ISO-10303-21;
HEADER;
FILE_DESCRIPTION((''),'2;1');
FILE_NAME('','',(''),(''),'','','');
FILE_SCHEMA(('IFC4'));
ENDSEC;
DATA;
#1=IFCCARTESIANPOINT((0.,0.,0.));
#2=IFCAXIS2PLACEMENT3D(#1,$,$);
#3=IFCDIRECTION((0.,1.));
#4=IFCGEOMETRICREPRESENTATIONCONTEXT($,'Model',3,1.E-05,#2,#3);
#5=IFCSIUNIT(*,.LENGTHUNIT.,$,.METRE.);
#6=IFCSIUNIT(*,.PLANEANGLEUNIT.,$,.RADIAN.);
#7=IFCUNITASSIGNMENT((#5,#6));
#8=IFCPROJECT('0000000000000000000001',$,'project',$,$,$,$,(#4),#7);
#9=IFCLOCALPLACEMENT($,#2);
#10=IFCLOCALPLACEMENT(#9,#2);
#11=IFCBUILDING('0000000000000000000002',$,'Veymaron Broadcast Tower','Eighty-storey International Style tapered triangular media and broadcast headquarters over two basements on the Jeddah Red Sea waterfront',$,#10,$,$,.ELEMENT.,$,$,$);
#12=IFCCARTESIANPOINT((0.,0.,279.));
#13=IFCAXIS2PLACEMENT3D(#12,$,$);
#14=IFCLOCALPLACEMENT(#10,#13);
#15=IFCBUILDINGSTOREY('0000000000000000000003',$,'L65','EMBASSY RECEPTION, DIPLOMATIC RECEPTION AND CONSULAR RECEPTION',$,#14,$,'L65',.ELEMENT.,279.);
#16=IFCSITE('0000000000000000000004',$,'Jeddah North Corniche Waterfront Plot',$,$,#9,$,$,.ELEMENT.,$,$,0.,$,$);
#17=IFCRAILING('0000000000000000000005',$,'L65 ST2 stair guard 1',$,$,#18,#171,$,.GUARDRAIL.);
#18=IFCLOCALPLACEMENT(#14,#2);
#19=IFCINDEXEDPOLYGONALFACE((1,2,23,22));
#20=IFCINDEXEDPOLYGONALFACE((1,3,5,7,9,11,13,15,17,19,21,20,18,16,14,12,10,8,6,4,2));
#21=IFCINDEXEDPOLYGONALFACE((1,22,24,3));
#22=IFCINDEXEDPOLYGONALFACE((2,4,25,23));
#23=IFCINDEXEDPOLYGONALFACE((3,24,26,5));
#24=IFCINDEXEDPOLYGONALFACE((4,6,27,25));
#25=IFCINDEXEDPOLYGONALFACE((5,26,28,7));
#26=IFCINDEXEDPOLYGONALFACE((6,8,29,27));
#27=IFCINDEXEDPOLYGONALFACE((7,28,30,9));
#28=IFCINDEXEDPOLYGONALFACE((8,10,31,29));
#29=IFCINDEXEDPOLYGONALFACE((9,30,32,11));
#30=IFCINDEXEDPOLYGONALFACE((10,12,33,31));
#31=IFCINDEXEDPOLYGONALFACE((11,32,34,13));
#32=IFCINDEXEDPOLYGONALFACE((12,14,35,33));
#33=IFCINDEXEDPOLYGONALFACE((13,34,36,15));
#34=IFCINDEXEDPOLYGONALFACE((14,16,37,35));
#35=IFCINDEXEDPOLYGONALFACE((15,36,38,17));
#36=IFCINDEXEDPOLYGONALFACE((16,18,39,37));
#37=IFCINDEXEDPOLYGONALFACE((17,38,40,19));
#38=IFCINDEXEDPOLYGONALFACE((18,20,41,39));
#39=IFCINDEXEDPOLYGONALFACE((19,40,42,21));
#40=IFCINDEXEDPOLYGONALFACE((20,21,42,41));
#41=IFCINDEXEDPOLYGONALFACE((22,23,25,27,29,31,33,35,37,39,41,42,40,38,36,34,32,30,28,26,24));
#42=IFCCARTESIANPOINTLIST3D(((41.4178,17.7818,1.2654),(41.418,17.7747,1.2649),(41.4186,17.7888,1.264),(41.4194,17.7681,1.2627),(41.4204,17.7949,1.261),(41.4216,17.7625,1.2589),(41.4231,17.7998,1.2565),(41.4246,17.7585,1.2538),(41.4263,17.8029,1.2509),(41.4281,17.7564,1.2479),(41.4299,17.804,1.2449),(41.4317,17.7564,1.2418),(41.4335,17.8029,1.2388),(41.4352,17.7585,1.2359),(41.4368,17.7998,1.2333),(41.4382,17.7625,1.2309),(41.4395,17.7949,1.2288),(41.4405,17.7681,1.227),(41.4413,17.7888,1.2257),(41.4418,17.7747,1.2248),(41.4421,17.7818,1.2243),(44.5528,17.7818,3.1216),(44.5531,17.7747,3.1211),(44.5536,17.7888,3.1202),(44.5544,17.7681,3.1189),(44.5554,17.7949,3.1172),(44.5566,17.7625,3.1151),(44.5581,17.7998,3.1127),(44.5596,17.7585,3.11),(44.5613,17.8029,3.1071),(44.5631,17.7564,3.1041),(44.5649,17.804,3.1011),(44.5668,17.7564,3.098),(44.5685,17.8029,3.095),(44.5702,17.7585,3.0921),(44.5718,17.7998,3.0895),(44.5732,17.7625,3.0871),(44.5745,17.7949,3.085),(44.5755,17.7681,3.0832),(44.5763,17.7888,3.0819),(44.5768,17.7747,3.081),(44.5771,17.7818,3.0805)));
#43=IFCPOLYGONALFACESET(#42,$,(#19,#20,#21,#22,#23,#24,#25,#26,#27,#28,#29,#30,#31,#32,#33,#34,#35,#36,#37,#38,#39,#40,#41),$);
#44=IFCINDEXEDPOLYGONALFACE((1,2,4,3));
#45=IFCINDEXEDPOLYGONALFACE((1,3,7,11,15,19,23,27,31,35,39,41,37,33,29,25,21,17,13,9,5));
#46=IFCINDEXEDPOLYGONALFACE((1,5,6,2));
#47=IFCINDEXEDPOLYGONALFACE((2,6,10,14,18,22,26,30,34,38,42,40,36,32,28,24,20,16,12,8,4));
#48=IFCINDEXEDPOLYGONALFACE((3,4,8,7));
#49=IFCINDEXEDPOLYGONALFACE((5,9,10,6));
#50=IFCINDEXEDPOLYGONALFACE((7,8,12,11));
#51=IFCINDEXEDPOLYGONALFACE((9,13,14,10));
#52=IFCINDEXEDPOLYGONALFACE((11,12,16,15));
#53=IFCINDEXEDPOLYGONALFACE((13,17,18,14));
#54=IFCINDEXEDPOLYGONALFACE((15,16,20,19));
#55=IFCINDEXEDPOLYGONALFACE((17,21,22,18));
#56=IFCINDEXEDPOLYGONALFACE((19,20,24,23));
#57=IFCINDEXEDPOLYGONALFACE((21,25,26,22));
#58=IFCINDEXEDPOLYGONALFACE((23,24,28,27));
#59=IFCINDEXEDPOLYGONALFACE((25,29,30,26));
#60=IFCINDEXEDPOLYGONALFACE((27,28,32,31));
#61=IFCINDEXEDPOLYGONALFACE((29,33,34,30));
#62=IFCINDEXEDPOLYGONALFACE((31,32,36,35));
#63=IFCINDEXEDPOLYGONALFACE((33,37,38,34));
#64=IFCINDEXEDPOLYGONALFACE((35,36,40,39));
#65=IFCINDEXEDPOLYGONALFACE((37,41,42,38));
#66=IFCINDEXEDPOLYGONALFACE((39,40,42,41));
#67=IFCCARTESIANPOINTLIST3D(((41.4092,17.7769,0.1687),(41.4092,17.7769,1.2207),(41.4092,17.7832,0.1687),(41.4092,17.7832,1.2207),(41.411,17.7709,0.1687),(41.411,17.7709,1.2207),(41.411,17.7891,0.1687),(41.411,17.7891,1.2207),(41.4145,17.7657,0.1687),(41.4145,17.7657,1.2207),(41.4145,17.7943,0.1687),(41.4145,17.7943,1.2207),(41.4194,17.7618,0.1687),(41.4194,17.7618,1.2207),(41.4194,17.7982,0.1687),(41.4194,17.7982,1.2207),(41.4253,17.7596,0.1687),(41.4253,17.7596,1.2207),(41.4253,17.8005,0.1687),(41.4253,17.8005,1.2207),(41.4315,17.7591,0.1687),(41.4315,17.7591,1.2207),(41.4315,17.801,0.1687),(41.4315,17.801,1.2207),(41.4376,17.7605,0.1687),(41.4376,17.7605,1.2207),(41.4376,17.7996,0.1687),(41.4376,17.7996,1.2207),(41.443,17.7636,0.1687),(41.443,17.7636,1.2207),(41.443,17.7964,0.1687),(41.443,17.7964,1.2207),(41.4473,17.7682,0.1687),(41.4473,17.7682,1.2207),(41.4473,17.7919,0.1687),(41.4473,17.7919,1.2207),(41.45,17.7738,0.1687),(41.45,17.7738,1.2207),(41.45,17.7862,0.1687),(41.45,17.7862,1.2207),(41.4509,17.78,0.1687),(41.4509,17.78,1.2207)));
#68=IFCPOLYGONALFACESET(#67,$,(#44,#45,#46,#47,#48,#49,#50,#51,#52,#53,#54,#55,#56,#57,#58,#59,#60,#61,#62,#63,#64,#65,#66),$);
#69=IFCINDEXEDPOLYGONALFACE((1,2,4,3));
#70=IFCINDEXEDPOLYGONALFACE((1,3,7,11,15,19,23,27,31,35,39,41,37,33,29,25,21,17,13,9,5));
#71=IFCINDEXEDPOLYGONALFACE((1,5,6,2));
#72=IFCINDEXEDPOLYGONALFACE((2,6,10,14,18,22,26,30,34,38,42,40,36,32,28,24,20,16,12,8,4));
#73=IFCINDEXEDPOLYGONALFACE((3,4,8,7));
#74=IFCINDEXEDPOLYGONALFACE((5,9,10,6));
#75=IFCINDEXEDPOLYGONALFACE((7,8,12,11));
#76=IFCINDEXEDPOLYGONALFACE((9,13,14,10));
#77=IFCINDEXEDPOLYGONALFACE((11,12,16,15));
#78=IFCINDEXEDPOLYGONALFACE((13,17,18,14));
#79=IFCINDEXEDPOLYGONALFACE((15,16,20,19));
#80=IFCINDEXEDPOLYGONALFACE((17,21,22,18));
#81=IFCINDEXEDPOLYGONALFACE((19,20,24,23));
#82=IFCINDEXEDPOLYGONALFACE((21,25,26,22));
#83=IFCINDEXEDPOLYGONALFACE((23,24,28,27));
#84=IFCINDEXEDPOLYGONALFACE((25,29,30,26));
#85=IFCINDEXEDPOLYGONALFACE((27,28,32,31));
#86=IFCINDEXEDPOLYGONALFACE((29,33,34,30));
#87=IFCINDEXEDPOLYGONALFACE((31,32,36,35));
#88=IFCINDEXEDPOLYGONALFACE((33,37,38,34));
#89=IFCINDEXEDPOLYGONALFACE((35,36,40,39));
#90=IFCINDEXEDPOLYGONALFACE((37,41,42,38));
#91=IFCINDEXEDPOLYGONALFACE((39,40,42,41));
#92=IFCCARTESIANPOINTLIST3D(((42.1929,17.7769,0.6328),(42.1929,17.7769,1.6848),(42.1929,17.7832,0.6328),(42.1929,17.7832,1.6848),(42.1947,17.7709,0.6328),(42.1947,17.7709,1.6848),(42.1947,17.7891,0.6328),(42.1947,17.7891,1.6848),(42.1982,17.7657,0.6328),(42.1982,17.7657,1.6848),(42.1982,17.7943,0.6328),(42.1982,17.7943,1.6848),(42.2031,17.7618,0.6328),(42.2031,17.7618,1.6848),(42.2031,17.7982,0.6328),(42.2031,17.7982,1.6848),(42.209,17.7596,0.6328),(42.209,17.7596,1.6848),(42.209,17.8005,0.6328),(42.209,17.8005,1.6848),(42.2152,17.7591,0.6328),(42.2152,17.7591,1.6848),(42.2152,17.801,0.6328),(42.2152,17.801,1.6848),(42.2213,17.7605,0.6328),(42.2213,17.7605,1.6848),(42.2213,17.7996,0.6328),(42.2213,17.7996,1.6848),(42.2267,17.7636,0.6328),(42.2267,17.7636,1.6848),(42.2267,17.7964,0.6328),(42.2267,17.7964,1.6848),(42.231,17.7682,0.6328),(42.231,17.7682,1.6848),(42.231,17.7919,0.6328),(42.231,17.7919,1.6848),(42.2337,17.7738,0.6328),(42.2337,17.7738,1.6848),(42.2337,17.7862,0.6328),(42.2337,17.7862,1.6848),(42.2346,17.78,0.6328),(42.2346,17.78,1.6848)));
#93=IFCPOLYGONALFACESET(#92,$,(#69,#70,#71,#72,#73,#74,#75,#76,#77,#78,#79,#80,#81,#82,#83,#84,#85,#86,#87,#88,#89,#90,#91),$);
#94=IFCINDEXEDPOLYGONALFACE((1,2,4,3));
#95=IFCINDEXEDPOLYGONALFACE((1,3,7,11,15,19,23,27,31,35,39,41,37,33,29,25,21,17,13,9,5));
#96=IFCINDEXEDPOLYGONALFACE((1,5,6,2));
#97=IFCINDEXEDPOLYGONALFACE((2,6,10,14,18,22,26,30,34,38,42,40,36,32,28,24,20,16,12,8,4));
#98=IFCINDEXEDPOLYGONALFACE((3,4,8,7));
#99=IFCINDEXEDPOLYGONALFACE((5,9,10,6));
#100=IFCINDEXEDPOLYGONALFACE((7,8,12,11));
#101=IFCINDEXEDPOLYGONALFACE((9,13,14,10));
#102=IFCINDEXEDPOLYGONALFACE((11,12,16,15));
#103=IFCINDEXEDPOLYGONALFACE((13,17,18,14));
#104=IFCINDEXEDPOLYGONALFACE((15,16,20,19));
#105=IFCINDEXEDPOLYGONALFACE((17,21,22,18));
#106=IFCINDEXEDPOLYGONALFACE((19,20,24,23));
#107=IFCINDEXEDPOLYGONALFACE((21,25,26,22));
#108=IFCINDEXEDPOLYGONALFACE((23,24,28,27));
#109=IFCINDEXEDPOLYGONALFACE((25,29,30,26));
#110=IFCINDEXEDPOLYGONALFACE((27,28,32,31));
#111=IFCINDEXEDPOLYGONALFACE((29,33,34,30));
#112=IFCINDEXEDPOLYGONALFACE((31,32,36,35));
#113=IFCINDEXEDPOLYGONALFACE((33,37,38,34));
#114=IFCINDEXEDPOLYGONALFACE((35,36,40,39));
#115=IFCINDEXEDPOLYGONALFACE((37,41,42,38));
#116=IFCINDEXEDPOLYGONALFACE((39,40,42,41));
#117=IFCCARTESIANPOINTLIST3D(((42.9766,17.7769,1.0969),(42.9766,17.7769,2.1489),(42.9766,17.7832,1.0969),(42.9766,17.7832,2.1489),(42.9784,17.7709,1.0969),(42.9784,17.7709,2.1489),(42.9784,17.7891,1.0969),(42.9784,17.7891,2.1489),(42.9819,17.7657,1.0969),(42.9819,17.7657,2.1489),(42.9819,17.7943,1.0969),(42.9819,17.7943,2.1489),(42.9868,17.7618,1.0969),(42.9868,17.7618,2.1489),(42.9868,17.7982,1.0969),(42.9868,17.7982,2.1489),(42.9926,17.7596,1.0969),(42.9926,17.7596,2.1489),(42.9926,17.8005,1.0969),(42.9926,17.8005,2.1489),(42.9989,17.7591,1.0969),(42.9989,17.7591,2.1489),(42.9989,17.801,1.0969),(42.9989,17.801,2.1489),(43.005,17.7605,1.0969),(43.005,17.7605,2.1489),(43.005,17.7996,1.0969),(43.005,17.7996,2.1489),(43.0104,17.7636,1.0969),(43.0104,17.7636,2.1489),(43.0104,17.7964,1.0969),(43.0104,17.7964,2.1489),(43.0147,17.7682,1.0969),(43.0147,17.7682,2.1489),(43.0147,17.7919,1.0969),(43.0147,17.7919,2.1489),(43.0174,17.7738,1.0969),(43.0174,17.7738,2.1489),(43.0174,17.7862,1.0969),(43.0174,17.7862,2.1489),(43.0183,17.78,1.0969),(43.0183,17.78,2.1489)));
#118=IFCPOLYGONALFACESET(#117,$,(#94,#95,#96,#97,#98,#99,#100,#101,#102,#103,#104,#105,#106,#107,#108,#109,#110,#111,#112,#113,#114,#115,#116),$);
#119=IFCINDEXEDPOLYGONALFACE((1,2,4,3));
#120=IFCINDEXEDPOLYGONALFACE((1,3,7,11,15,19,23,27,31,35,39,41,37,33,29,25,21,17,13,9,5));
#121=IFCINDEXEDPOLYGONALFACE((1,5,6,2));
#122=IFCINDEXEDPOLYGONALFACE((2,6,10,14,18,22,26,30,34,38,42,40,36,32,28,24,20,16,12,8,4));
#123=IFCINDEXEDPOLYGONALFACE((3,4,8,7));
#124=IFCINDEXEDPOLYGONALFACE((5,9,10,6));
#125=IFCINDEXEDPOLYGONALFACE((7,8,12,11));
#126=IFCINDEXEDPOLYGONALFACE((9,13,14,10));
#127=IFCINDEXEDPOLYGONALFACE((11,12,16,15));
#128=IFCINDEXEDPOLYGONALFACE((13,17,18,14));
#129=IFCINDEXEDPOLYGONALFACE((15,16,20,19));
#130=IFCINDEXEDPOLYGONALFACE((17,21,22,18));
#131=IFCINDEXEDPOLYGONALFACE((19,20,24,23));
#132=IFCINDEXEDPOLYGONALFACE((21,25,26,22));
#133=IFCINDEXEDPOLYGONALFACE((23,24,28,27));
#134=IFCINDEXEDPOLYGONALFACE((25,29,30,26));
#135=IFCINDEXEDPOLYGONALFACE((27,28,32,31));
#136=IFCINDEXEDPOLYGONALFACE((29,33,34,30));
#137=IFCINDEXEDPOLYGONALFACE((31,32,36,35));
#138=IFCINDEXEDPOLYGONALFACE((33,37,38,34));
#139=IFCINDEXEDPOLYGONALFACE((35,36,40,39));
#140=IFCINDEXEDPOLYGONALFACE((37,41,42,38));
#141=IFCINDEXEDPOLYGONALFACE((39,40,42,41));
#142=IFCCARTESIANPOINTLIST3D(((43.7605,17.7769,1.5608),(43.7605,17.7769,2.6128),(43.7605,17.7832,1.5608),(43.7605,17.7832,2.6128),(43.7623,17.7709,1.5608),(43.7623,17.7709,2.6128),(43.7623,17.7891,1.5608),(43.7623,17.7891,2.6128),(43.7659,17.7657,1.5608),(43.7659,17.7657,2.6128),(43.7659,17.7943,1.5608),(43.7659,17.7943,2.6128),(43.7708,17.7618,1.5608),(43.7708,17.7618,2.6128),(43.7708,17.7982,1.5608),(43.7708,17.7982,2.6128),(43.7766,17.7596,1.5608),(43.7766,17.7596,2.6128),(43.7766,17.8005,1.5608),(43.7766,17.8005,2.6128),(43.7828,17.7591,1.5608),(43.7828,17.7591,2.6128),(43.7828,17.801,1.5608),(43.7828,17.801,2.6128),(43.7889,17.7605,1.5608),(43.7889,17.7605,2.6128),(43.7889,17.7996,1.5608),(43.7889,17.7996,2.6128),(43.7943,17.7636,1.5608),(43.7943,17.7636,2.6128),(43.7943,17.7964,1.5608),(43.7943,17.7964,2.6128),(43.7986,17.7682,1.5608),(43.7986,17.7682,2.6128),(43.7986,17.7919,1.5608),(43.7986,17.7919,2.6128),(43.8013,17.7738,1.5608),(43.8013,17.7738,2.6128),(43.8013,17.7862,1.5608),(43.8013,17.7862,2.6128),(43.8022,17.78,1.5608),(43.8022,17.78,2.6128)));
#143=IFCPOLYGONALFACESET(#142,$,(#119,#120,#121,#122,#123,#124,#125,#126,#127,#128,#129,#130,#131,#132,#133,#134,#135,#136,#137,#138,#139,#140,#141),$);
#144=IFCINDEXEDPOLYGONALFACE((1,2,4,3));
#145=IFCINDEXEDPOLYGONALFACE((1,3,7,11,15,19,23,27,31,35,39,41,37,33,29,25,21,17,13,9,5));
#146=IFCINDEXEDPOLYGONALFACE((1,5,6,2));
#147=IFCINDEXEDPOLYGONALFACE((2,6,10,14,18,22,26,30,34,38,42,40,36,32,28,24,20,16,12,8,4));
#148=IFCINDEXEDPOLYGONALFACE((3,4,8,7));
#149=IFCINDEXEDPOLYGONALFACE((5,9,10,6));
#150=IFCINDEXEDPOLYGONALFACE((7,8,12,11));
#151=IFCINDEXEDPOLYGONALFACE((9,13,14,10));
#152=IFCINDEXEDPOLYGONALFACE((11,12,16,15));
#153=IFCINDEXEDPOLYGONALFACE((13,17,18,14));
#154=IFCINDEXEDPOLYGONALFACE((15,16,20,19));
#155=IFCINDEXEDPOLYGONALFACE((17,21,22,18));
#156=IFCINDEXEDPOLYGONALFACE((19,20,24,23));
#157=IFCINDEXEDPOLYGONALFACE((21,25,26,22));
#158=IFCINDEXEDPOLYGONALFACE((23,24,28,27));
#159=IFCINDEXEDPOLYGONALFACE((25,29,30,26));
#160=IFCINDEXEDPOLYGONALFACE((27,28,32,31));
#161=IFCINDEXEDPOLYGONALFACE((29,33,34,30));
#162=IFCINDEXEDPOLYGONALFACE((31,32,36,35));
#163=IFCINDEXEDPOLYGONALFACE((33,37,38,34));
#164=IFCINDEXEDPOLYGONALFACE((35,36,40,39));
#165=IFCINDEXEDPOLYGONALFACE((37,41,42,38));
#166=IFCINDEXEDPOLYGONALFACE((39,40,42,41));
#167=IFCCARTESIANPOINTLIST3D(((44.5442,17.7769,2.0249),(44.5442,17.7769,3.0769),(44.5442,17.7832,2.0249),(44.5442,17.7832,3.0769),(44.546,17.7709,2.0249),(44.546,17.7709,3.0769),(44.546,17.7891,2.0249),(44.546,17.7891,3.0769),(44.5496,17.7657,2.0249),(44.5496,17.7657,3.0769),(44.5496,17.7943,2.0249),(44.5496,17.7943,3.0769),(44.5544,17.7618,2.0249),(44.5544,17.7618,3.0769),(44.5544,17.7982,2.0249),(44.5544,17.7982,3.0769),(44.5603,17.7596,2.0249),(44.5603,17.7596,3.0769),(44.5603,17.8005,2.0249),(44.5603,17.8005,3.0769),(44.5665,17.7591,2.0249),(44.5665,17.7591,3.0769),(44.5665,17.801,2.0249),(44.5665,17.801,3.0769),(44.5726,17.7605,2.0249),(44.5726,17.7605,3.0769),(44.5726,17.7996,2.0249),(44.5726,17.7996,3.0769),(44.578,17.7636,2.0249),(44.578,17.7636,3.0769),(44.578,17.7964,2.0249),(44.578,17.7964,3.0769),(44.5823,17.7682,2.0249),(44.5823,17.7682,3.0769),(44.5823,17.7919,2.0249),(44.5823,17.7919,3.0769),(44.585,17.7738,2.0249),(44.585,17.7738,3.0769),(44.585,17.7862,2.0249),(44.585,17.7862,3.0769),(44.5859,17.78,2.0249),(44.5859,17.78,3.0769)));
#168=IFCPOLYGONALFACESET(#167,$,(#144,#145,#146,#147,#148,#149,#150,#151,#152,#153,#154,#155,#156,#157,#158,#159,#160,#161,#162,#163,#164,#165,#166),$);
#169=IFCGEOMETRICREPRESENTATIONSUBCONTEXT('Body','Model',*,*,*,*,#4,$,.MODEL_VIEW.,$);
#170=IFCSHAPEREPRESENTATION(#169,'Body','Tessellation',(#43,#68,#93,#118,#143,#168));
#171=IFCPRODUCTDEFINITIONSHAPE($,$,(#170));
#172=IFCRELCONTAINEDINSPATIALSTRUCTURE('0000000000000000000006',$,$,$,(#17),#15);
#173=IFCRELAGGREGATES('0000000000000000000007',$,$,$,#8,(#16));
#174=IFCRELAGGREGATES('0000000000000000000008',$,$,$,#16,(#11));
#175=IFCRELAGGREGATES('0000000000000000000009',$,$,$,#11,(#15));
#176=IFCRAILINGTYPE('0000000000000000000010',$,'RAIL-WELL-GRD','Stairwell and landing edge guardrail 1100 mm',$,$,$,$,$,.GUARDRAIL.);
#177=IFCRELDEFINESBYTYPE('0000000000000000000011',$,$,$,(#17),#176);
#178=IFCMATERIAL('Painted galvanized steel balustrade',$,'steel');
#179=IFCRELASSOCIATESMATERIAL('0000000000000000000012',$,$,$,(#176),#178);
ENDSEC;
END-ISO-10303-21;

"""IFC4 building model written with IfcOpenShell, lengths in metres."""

from ifc_helpers import new_model, si_unit, direction, frame, origin, origin_2d, place, context, subcontext, project, spatial, circle, extrude, material, type_object, element, save


model = new_model("IFC4")

# Units and contexts
model_context = context("Model", 3, precision=1e-05, world=origin(), true_north=direction((0.0, 1.0)))
body_context = subcontext(model_context, "Body", "Model", "MODEL_VIEW")
ifc_project = project(units=[si_unit("LENGTHUNIT", "METRE"), si_unit("PLANEANGLEUNIT", "RADIAN")], contexts=[model_context])

# Site, building, storey
site_placement = place(None, origin())
site = spatial("IfcSite", under=ifc_project, at=site_placement, Name="Jeddah North Corniche Waterfront Plot", CompositionType="ELEMENT", RefElevation=0.0)
building_placement = place(site_placement, origin())
building = spatial("IfcBuilding", under=site, at=building_placement, Name="Veymaron Broadcast Tower", Description="Eighty-storey International Style tapered triangular media and broadcast headquarters over two basements on the Jeddah Red Sea waterfront", CompositionType="ELEMENT")
storey_placement = place(building_placement, frame((0.0, 0.0, 279.0)))
storey = spatial("IfcBuildingStorey", under=building, at=storey_placement, Name="L65", Description="EMBASSY RECEPTION, DIPLOMATIC RECEPTION AND CONSULAR RECEPTION", LongName="L65", CompositionType="ELEMENT", Elevation=279.0)

# Railing
ifc_material_1 = material(Name="Painted galvanized steel balustrade", Category="steel")
railing_type_1 = type_object("IfcRailingType", Name="RAIL-WELL-GRD", Description="Stairwell and landing edge guardrail 1100 mm", PredefinedType="GUARDRAIL", material=ifc_material_1)
railing_1_placement = place(storey_placement, frame((41.4299, 17.78, 0.1687)))
element("IfcRailing", 1, at=railing_1_placement, inside=storey, type_object=railing_type_1, Name="L65 ST2 stair guard 1", PredefinedType="GUARDRAIL", context=body_context, shape_type="SweptSolid", body=[
    extrude(circle(Radius=0.0239, at=origin_2d()), frame((0.0, 0.0, 1.0762), z_axis=(0.860482, 0.0, 0.509481), x_axis=(0.0, 1.0, 0.0)), (0.0, 0.0, 1.0), 3.6433),
    extrude(circle(Radius=0.021, at=origin_2d()), origin(), (0.0, 0.0, 1.0), 1.052),
    extrude(circle(Radius=0.021, at=origin_2d()), frame((0.7837, 0.0, 0.4641)), (0.0, 0.0, 1.0), 1.052),
    extrude(circle(Radius=0.021, at=origin_2d()), frame((1.5674, 0.0, 0.9282)), (0.0, 0.0, 1.0), 1.052),
    extrude(circle(Radius=0.021, at=origin_2d()), frame((2.3513, 0.0, 1.3921)), (0.0, 0.0, 1.0), 1.052),
    extrude(circle(Radius=0.021, at=origin_2d()), frame((3.135, 0.0, 1.8562)), (0.0, 0.0, 1.0), 1.052),
])

save(model, "model.ifc")
